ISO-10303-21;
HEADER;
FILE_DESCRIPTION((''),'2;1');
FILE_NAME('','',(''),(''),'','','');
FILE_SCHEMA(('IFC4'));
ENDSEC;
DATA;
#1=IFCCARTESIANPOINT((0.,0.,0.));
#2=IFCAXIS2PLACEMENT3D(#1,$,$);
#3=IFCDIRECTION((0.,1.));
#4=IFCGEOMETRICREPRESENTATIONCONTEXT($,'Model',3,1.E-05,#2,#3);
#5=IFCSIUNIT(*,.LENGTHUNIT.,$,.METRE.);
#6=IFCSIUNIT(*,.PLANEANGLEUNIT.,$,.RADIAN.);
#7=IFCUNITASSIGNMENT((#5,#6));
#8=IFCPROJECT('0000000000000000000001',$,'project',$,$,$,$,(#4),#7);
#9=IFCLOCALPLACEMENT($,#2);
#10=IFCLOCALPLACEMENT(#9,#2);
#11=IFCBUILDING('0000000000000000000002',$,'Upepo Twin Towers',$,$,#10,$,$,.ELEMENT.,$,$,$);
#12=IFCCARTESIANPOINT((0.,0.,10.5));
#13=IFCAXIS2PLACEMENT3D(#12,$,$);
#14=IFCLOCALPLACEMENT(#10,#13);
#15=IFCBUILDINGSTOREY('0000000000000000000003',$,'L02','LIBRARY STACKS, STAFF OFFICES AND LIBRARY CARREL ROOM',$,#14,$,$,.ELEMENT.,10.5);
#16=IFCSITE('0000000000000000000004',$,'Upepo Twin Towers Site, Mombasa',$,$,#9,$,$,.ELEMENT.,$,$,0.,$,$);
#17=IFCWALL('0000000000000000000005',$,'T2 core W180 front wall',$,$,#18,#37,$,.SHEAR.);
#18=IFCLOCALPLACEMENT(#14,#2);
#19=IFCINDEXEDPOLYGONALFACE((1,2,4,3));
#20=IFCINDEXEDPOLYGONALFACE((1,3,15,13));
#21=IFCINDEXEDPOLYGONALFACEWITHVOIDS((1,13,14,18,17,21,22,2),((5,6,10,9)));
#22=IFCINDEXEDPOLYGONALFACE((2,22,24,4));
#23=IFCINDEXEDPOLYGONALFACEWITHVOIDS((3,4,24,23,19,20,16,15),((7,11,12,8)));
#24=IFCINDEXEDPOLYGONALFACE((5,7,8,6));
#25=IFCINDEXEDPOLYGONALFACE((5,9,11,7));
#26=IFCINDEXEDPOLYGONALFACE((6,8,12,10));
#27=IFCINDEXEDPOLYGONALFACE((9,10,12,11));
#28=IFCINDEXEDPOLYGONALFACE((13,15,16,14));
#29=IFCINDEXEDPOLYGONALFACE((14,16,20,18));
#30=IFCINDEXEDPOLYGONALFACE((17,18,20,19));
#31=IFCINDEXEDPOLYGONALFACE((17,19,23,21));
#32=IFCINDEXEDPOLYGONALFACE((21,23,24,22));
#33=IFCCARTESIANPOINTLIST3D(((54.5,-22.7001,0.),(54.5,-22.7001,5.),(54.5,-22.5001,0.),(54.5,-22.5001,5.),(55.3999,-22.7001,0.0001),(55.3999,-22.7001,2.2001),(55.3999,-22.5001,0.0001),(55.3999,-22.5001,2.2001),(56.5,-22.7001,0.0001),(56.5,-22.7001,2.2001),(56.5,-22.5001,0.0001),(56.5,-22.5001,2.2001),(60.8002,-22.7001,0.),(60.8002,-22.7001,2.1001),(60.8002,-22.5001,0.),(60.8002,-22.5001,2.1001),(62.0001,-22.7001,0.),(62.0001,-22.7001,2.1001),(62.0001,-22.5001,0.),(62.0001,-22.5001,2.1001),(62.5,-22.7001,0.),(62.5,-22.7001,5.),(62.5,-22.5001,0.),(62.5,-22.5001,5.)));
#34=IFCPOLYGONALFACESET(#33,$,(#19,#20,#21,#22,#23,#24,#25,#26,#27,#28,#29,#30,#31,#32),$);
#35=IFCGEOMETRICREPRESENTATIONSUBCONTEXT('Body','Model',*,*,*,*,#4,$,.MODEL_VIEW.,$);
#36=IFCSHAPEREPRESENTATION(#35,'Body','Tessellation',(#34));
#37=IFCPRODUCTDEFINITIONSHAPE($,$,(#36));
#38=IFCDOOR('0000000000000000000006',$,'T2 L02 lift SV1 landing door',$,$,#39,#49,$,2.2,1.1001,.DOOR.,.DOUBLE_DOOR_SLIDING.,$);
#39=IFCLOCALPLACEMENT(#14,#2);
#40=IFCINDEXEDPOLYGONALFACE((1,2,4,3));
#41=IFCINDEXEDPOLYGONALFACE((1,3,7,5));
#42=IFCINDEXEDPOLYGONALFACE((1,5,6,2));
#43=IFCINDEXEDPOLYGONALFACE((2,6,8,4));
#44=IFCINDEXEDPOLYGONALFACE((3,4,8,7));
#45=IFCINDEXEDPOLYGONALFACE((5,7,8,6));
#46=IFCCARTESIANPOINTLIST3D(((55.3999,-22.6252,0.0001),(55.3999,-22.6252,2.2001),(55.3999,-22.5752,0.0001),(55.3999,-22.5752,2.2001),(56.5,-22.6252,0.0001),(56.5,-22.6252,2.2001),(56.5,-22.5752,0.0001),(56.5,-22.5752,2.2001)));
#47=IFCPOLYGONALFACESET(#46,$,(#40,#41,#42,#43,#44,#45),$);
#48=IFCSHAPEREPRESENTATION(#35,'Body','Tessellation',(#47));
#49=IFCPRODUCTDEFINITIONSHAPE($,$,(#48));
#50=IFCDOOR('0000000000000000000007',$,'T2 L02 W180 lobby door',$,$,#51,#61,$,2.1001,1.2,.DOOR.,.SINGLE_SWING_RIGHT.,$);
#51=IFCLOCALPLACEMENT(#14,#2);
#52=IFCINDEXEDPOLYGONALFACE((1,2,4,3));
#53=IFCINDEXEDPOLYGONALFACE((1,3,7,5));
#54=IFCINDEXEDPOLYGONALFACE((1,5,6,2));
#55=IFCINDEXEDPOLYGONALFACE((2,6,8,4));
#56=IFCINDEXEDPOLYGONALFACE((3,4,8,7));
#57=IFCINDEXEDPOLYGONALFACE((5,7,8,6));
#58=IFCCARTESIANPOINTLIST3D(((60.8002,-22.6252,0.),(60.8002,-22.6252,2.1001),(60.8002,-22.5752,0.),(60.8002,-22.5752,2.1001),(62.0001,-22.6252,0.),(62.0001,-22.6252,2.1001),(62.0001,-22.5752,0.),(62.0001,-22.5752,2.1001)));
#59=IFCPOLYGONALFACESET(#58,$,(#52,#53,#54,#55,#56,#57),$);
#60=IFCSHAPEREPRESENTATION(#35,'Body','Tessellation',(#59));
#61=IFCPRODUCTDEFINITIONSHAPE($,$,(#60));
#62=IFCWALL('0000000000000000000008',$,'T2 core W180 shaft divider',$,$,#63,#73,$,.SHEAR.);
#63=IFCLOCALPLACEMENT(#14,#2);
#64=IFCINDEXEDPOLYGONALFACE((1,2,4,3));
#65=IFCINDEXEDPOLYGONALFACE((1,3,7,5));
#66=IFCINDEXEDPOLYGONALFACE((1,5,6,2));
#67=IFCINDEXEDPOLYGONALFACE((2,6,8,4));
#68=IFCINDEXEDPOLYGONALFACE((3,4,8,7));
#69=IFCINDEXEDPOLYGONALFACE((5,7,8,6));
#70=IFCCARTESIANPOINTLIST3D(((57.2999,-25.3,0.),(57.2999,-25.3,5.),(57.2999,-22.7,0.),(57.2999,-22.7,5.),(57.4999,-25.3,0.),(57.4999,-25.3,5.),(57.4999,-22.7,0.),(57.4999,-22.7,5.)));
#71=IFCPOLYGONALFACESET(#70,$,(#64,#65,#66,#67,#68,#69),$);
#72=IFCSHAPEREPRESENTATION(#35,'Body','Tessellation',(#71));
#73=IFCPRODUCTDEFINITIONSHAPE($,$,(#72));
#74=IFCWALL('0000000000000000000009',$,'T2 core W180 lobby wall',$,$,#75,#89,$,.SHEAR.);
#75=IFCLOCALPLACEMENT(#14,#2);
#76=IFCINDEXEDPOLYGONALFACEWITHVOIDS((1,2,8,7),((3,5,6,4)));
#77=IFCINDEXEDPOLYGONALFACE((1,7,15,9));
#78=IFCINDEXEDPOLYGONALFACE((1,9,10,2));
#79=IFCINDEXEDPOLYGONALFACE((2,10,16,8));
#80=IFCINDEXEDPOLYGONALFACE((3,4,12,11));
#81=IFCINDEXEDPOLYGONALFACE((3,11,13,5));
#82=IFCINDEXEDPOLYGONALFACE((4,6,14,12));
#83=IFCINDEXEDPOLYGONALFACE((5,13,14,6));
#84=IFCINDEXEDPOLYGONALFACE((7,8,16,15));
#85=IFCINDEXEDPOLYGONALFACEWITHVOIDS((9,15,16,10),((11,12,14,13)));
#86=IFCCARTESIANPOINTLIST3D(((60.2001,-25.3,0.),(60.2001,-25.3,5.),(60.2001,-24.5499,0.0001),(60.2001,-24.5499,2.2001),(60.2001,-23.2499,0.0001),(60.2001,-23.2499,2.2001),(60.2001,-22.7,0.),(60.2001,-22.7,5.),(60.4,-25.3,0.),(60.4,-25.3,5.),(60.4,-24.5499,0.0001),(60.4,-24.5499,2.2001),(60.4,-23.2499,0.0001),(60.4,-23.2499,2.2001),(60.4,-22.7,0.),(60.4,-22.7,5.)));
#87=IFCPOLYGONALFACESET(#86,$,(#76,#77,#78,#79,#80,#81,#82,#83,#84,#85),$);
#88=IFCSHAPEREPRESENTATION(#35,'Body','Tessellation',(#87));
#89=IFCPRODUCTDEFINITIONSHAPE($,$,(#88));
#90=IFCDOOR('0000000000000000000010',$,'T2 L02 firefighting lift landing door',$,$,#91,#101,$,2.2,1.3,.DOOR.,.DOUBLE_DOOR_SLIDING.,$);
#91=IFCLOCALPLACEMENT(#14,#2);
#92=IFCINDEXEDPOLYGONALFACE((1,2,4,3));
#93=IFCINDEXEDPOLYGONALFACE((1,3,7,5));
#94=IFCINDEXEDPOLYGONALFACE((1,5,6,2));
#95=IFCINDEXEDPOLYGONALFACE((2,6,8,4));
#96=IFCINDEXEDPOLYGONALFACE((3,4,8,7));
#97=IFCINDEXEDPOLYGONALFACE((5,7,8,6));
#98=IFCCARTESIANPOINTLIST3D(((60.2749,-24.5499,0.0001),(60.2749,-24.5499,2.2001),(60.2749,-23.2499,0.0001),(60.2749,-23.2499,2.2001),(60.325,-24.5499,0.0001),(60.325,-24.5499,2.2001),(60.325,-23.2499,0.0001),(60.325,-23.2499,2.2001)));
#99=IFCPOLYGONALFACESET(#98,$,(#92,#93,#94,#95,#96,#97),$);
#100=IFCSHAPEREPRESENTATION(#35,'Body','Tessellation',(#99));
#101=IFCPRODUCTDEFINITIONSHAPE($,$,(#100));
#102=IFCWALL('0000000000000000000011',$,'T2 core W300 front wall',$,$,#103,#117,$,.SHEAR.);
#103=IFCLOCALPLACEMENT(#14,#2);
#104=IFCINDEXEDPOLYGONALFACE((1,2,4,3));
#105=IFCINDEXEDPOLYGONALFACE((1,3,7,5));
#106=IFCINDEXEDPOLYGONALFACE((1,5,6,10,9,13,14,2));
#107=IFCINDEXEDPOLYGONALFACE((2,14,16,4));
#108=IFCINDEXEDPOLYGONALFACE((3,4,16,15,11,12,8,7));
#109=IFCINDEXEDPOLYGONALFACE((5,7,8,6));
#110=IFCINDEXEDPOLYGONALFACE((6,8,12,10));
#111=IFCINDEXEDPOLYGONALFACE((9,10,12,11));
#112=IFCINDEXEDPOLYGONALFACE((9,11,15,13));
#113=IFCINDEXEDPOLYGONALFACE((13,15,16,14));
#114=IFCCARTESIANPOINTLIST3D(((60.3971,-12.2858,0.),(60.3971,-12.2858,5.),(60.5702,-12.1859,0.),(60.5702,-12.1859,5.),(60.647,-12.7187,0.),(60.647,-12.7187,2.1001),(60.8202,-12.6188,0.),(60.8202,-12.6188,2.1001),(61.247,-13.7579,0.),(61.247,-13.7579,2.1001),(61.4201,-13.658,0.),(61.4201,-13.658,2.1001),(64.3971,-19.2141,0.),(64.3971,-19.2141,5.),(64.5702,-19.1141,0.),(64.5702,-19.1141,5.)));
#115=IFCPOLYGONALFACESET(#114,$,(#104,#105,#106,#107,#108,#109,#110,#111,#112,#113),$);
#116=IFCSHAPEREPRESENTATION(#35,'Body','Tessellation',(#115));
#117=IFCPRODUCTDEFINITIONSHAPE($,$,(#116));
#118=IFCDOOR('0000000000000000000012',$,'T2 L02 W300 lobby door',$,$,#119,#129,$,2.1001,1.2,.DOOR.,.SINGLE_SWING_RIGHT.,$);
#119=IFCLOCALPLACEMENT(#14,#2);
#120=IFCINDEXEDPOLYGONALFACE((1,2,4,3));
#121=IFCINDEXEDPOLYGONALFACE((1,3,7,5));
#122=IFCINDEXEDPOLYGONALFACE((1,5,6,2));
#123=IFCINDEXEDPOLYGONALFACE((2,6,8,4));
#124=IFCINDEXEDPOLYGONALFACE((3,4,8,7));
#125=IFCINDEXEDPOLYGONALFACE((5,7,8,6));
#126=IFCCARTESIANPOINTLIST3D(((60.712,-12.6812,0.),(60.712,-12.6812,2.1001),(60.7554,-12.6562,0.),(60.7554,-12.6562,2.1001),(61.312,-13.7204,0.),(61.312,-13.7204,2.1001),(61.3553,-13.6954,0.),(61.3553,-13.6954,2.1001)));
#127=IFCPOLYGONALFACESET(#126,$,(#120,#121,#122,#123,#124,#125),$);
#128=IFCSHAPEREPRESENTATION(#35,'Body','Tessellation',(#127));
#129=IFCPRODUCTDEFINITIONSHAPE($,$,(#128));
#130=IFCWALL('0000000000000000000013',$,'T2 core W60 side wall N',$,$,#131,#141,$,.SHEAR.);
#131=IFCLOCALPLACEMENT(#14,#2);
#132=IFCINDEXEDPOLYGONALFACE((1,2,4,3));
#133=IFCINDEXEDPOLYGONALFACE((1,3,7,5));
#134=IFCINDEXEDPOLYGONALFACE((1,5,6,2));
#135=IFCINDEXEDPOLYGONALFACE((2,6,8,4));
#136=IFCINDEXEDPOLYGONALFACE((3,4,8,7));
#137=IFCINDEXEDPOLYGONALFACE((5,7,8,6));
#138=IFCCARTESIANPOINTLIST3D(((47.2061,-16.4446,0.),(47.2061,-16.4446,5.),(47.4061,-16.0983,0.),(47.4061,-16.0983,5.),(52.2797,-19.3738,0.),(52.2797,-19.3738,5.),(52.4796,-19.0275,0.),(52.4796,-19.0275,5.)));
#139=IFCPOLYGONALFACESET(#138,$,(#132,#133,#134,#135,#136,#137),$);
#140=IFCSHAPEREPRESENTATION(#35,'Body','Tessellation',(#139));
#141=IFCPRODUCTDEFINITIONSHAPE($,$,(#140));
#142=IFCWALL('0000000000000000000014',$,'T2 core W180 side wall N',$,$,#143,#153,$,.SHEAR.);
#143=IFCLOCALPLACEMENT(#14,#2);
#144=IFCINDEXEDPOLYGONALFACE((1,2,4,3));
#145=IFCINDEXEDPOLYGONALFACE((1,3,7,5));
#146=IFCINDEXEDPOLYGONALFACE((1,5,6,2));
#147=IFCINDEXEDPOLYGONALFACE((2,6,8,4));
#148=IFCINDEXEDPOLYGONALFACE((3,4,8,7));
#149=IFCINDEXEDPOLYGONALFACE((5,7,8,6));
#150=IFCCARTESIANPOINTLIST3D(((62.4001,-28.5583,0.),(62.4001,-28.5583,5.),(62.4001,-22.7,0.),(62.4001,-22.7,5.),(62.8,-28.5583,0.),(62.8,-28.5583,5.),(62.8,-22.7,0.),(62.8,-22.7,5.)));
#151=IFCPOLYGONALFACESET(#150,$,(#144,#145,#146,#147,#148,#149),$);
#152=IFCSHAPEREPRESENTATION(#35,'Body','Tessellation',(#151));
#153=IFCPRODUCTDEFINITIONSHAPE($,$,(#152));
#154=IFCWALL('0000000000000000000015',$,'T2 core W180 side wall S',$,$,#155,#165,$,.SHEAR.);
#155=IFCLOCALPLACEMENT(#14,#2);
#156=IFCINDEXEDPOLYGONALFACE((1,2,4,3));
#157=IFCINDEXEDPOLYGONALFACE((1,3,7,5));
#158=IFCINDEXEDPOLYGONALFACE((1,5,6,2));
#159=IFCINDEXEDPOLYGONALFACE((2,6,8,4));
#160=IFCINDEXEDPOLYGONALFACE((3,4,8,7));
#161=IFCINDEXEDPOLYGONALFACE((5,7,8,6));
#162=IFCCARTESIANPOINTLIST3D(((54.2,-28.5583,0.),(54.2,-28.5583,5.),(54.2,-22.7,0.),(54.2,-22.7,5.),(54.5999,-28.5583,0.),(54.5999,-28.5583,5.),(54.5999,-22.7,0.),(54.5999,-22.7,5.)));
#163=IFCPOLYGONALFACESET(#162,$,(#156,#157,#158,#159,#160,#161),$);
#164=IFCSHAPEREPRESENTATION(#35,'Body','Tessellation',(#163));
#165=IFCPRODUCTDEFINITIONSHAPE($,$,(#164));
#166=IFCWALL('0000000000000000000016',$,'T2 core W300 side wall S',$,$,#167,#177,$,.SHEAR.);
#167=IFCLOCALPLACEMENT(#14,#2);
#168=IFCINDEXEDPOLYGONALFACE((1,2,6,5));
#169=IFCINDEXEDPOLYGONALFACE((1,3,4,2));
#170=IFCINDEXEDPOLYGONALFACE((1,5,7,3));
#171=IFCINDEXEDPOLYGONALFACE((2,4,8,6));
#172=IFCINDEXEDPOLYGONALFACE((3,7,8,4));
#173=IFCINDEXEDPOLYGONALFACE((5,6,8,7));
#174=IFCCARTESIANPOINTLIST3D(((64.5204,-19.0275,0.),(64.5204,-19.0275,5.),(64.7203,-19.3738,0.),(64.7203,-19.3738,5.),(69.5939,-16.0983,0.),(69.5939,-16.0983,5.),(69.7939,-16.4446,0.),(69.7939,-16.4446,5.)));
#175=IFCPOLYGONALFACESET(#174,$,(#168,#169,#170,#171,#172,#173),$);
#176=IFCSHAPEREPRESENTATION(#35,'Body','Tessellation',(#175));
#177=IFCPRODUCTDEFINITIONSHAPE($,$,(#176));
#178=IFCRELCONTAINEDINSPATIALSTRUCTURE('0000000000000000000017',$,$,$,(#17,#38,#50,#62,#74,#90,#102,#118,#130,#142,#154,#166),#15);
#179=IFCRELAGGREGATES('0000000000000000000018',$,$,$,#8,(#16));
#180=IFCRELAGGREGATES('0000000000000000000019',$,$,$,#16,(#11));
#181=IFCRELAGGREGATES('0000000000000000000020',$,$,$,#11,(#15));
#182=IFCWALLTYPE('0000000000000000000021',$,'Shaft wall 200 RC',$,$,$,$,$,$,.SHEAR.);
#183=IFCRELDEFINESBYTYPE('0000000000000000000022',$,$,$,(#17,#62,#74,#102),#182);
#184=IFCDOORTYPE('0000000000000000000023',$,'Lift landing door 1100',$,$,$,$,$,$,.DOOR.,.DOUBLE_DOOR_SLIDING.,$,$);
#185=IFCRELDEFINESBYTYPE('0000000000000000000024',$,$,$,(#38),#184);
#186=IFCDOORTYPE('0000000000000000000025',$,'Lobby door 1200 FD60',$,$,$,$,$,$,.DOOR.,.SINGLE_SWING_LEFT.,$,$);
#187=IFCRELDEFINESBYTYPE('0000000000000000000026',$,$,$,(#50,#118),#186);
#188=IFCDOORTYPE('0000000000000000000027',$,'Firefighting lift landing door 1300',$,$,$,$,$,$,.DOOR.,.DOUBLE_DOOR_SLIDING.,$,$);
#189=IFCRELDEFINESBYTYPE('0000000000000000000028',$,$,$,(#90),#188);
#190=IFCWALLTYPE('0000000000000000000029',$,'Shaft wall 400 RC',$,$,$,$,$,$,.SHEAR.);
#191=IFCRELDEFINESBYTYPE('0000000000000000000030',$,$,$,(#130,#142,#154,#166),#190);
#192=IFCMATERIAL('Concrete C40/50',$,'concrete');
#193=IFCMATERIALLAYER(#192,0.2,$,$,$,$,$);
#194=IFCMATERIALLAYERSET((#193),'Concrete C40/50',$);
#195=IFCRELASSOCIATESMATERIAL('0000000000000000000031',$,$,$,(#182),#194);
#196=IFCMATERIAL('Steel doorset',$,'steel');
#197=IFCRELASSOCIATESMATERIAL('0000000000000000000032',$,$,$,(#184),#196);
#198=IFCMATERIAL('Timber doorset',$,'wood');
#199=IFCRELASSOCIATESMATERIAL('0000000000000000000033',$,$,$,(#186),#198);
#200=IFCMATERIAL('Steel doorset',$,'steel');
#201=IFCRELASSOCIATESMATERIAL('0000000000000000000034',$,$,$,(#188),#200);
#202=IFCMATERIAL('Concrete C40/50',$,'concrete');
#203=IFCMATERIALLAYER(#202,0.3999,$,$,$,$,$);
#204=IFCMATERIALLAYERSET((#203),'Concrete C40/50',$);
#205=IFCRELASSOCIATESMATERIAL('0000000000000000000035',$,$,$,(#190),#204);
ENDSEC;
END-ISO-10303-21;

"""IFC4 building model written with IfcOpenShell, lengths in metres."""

from ifc_helpers import new_model, si_unit, direction, frame, frame_2d, origin, place, context, subcontext, project, spatial, rectangle, extrude, material, layer, layer_set, type_object, element, fill, save


model = new_model("IFC4")

# Units and contexts
model_context = context("Model", 3, precision=1e-05, world=origin(), true_north=direction((0.0, 1.0)))
body_context = subcontext(model_context, "Body", "Model", "MODEL_VIEW")
ifc_project = project(units=[si_unit("LENGTHUNIT", "METRE"), si_unit("PLANEANGLEUNIT", "RADIAN")], contexts=[model_context])

# Site, building, storey
site_placement = place(None, origin())
site = spatial("IfcSite", under=ifc_project, at=site_placement, Name="Upepo Twin Towers Site, Mombasa", CompositionType="ELEMENT", RefElevation=0.0)
building_placement = place(site_placement, origin())
building = spatial("IfcBuilding", under=site, at=building_placement, Name="Upepo Twin Towers", CompositionType="ELEMENT")
storey_placement = place(building_placement, frame((0.0, 0.0, 10.5)))
storey = spatial("IfcBuildingStorey", under=building, at=storey_placement, Name="L02", Description="LIBRARY STACKS, STAFF OFFICES AND LIBRARY CARREL ROOM", CompositionType="ELEMENT", Elevation=10.5)

# Wall, openings, doors
ifc_material_1 = material(Name="Concrete C40/50", Category="concrete")
ifc_layer_1 = layer(ifc_material_1, 0.2)
ifc_layer_set_1 = layer_set([ifc_layer_1], Name="Concrete C40/50")
wall_type_1 = type_object("IfcWallType", Name="Shaft wall 200 RC", PredefinedType="SHEAR", material=ifc_layer_set_1)
wall_1_placement = place(storey_placement, frame((54.5, -22.6001, 0.0), z_axis=(0.0, 0.0, 1.0), x_axis=(1.0, 0.0, 0.0)))
wall_1 = element("IfcWall", 1, at=wall_1_placement, inside=storey, type_object=wall_type_1, Name="T2 core W180 front wall", PredefinedType="SHEAR", context=body_context, shape_type="SweptSolid", body=[
    extrude(rectangle(XDim=8.0, YDim=0.2, at=frame_2d((4.0, 0.0))), origin(), (0.0, 0.0, 1.0), 5.0),
])
opening_1_placement = place(wall_1_placement, frame((6.3, 0.0, 0.0)))
opening_1 = element("IfcOpeningElement", 2, at=opening_1_placement, cuts=wall_1, PredefinedType="OPENING", context=body_context, shape_type="SweptSolid", body=[
    extrude(rectangle(XDim=1.2, YDim=2.1001, at=frame_2d((0.6001, 1.05))), frame((0.0, 0.1099, 0.0), z_axis=(0.0, -1.0, 0.0), x_axis=(1.0, 0.0, 0.0)), (0.0, 0.0, 1.0), 0.22),
])
opening_2_placement = place(wall_1_placement, frame((0.8999, 0.0, 0.0)))
opening_2 = element("IfcOpeningElement", 3, at=opening_2_placement, cuts=wall_1, PredefinedType="OPENING", context=body_context, shape_type="SweptSolid", body=[
    extrude(rectangle(XDim=1.1001, YDim=2.2, at=frame_2d((0.55, 1.1001))), frame((0.0, 0.1099, 0.0), z_axis=(0.0, -1.0, 0.0), x_axis=(1.0, 0.0, 0.0)), (0.0, 0.0, 1.0), 0.22),
])
ifc_material_2 = material(Name="Steel doorset", Category="steel")
door_type_1 = type_object("IfcDoorType", Name="Lift landing door 1100", OperationType="DOUBLE_DOOR_SLIDING", PredefinedType="DOOR", material=ifc_material_2)
door_1_placement = place(opening_2_placement, origin())
door_1 = element("IfcDoor", 4, at=door_1_placement, inside=storey, type_object=door_type_1, Name="T2 L02 lift SV1 landing door", OperationType="DOUBLE_DOOR_SLIDING", OverallHeight=2.2, OverallWidth=1.1001, PredefinedType="DOOR", context=body_context, shape_type="SweptSolid", body=[
    extrude(rectangle(XDim=1.1001, YDim=2.2, at=frame_2d((0.55, 1.1001))), frame((0.0, 0.0249, 0.0), z_axis=(0.0, -1.0, 0.0), x_axis=(1.0, 0.0, 0.0)), (0.0, 0.0, 1.0), 0.05),
])
fill(opening_2, door_1)
ifc_material_3 = material(Name="Timber doorset", Category="wood")
door_type_2 = type_object("IfcDoorType", Name="Lobby door 1200 FD60", OperationType="SINGLE_SWING_LEFT", PredefinedType="DOOR", material=ifc_material_3)
door_2_placement = place(opening_1_placement, origin())
door_2 = element("IfcDoor", 5, at=door_2_placement, inside=storey, type_object=door_type_2, Name="T2 L02 W180 lobby door", OperationType="SINGLE_SWING_RIGHT", OverallHeight=2.1001, OverallWidth=1.2, PredefinedType="DOOR", context=body_context, shape_type="SweptSolid", body=[
    extrude(rectangle(XDim=1.2, YDim=2.1001, at=frame_2d((0.6001, 1.05))), frame((0.0, 0.0249, 0.0), z_axis=(0.0, -1.0, 0.0), x_axis=(1.0, 0.0, 0.0)), (0.0, 0.0, 1.0), 0.05),
])
fill(opening_1, door_2)

# Wall
wall_2_placement = place(storey_placement, frame((57.3999, -22.7, 0.0), z_axis=(0.0, 0.0, 1.0), x_axis=(0.0, -1.0, 0.0)))
element("IfcWall", 6, at=wall_2_placement, inside=storey, type_object=wall_type_1, Name="T2 core W180 shaft divider", PredefinedType="SHEAR", context=body_context, shape_type="SweptSolid", body=[
    extrude(rectangle(XDim=2.6001, YDim=0.2, at=frame_2d((1.3, 0.0))), origin(), (0.0, 0.0, 1.0), 5.0),
])

# Walls, openings, doors
wall_3_placement = place(storey_placement, frame((60.3, -22.7, 0.0), z_axis=(0.0, 0.0, 1.0), x_axis=(0.0, -1.0, 0.0)))
wall_3 = element("IfcWall", 7, at=wall_3_placement, inside=storey, type_object=wall_type_1, Name="T2 core W180 lobby wall", PredefinedType="SHEAR", context=body_context, shape_type="SweptSolid", body=[
    extrude(rectangle(XDim=2.6001, YDim=0.2, at=frame_2d((1.3, 0.0))), origin(), (0.0, 0.0, 1.0), 5.0),
])
opening_3_placement = place(wall_3_placement, frame((0.55, 0.0, 0.0)))
opening_3 = element("IfcOpeningElement", 8, at=opening_3_placement, cuts=wall_3, PredefinedType="OPENING", context=body_context, shape_type="SweptSolid", body=[
    extrude(rectangle(XDim=1.3, YDim=2.2, at=frame_2d((0.6499, 1.1001))), frame((0.0, 0.1099, 0.0), z_axis=(0.0, -1.0, 0.0), x_axis=(1.0, 0.0, 0.0)), (0.0, 0.0, 1.0), 0.22),
])
ifc_material_4 = material(Name="Steel doorset", Category="steel")
door_type_3 = type_object("IfcDoorType", Name="Firefighting lift landing door 1300", OperationType="DOUBLE_DOOR_SLIDING", PredefinedType="DOOR", material=ifc_material_4)
door_3_placement = place(opening_3_placement, origin())
door_3 = element("IfcDoor", 9, at=door_3_placement, inside=storey, type_object=door_type_3, Name="T2 L02 firefighting lift landing door", OperationType="DOUBLE_DOOR_SLIDING", OverallHeight=2.2, OverallWidth=1.3, PredefinedType="DOOR", context=body_context, shape_type="SweptSolid", body=[
    extrude(rectangle(XDim=1.3, YDim=2.2, at=frame_2d((0.6499, 1.1001))), frame((0.0, 0.0249, 0.0), z_axis=(0.0, -1.0, 0.0), x_axis=(1.0, 0.0, 0.0)), (0.0, 0.0, 1.0), 0.05),
])
fill(opening_3, door_3)
wall_4_placement = place(storey_placement, frame((64.4836, -19.1641, 0.0), z_axis=(0.0, 0.0, 1.0), x_axis=(-0.499999, 0.866026, 0.0)))
wall_4 = element("IfcWall", 10, at=wall_4_placement, inside=storey, type_object=wall_type_1, Name="T2 core W300 front wall", PredefinedType="SHEAR", context=body_context, shape_type="SweptSolid", body=[
    extrude(rectangle(XDim=8.0, YDim=0.2, at=frame_2d((4.0, 0.0))), origin(), (0.0, 0.0, 1.0), 5.0),
])
opening_4_placement = place(wall_4_placement, frame((6.3, 0.0, 0.0)))
opening_4 = element("IfcOpeningElement", 11, at=opening_4_placement, cuts=wall_4, PredefinedType="OPENING", context=body_context, shape_type="SweptSolid", body=[
    extrude(rectangle(XDim=1.2, YDim=2.1001, at=frame_2d((0.6001, 1.05))), frame((0.0, 0.1099, 0.0), z_axis=(0.0, -1.0, 0.0), x_axis=(1.0, 0.0, 0.0)), (0.0, 0.0, 1.0), 0.22),
])
door_4_placement = place(opening_4_placement, origin())
door_4 = element("IfcDoor", 12, at=door_4_placement, inside=storey, type_object=door_type_2, Name="T2 L02 W300 lobby door", OperationType="SINGLE_SWING_RIGHT", OverallHeight=2.1001, OverallWidth=1.2, PredefinedType="DOOR", context=body_context, shape_type="SweptSolid", body=[
    extrude(rectangle(XDim=1.2, YDim=2.1001, at=frame_2d((0.6001, 1.05))), frame((0.0, 0.0249, 0.0), z_axis=(0.0, -1.0, 0.0), x_axis=(1.0, 0.0, 0.0)), (0.0, 0.0, 1.0), 0.05),
])
fill(opening_4, door_4)

# Walls
ifc_material_5 = material(Name="Concrete C40/50", Category="concrete")
ifc_layer_2 = layer(ifc_material_5, 0.3999)
ifc_layer_set_2 = layer_set([ifc_layer_2], Name="Concrete C40/50")
wall_type_2 = type_object("IfcWallType", Name="Shaft wall 400 RC", PredefinedType="SHEAR", material=ifc_layer_set_2)
for number, where, z_axis, x_axis, name in (
    (13, (52.3796, -19.2007, 0.0), (0.0, 0.0, 1.0), (-0.866024, 0.500003, 0.0), "T2 core W60 side wall N"),
    (14, (62.6001, -22.7, 0.0), (0.0, 0.0, 1.0), (0.0, -1.0, 0.0), "T2 core W180 side wall N"),
    (15, (54.3999, -22.7, 0.0), (0.0, 0.0, 1.0), (0.0, -1.0, 0.0), "T2 core W180 side wall S"),
    (16, (64.6204, -19.2007, 0.0), (0.0, 0.0, 1.0), (0.866024, 0.500003, 0.0), "T2 core W300 side wall S"),
):
    element("IfcWall", number, at=place(storey_placement, frame(where, z_axis=z_axis, x_axis=x_axis)), inside=storey, type_object=wall_type_2, Name=name, PredefinedType="SHEAR", context=body_context, shape_type="SweptSolid", body=[
        extrude(rectangle(XDim=5.8584, YDim=0.3999, at=frame_2d((2.9292, 0.0))), origin(), (0.0, 0.0, 1.0), 5.0),
    ])

save(model, "model.ifc")
